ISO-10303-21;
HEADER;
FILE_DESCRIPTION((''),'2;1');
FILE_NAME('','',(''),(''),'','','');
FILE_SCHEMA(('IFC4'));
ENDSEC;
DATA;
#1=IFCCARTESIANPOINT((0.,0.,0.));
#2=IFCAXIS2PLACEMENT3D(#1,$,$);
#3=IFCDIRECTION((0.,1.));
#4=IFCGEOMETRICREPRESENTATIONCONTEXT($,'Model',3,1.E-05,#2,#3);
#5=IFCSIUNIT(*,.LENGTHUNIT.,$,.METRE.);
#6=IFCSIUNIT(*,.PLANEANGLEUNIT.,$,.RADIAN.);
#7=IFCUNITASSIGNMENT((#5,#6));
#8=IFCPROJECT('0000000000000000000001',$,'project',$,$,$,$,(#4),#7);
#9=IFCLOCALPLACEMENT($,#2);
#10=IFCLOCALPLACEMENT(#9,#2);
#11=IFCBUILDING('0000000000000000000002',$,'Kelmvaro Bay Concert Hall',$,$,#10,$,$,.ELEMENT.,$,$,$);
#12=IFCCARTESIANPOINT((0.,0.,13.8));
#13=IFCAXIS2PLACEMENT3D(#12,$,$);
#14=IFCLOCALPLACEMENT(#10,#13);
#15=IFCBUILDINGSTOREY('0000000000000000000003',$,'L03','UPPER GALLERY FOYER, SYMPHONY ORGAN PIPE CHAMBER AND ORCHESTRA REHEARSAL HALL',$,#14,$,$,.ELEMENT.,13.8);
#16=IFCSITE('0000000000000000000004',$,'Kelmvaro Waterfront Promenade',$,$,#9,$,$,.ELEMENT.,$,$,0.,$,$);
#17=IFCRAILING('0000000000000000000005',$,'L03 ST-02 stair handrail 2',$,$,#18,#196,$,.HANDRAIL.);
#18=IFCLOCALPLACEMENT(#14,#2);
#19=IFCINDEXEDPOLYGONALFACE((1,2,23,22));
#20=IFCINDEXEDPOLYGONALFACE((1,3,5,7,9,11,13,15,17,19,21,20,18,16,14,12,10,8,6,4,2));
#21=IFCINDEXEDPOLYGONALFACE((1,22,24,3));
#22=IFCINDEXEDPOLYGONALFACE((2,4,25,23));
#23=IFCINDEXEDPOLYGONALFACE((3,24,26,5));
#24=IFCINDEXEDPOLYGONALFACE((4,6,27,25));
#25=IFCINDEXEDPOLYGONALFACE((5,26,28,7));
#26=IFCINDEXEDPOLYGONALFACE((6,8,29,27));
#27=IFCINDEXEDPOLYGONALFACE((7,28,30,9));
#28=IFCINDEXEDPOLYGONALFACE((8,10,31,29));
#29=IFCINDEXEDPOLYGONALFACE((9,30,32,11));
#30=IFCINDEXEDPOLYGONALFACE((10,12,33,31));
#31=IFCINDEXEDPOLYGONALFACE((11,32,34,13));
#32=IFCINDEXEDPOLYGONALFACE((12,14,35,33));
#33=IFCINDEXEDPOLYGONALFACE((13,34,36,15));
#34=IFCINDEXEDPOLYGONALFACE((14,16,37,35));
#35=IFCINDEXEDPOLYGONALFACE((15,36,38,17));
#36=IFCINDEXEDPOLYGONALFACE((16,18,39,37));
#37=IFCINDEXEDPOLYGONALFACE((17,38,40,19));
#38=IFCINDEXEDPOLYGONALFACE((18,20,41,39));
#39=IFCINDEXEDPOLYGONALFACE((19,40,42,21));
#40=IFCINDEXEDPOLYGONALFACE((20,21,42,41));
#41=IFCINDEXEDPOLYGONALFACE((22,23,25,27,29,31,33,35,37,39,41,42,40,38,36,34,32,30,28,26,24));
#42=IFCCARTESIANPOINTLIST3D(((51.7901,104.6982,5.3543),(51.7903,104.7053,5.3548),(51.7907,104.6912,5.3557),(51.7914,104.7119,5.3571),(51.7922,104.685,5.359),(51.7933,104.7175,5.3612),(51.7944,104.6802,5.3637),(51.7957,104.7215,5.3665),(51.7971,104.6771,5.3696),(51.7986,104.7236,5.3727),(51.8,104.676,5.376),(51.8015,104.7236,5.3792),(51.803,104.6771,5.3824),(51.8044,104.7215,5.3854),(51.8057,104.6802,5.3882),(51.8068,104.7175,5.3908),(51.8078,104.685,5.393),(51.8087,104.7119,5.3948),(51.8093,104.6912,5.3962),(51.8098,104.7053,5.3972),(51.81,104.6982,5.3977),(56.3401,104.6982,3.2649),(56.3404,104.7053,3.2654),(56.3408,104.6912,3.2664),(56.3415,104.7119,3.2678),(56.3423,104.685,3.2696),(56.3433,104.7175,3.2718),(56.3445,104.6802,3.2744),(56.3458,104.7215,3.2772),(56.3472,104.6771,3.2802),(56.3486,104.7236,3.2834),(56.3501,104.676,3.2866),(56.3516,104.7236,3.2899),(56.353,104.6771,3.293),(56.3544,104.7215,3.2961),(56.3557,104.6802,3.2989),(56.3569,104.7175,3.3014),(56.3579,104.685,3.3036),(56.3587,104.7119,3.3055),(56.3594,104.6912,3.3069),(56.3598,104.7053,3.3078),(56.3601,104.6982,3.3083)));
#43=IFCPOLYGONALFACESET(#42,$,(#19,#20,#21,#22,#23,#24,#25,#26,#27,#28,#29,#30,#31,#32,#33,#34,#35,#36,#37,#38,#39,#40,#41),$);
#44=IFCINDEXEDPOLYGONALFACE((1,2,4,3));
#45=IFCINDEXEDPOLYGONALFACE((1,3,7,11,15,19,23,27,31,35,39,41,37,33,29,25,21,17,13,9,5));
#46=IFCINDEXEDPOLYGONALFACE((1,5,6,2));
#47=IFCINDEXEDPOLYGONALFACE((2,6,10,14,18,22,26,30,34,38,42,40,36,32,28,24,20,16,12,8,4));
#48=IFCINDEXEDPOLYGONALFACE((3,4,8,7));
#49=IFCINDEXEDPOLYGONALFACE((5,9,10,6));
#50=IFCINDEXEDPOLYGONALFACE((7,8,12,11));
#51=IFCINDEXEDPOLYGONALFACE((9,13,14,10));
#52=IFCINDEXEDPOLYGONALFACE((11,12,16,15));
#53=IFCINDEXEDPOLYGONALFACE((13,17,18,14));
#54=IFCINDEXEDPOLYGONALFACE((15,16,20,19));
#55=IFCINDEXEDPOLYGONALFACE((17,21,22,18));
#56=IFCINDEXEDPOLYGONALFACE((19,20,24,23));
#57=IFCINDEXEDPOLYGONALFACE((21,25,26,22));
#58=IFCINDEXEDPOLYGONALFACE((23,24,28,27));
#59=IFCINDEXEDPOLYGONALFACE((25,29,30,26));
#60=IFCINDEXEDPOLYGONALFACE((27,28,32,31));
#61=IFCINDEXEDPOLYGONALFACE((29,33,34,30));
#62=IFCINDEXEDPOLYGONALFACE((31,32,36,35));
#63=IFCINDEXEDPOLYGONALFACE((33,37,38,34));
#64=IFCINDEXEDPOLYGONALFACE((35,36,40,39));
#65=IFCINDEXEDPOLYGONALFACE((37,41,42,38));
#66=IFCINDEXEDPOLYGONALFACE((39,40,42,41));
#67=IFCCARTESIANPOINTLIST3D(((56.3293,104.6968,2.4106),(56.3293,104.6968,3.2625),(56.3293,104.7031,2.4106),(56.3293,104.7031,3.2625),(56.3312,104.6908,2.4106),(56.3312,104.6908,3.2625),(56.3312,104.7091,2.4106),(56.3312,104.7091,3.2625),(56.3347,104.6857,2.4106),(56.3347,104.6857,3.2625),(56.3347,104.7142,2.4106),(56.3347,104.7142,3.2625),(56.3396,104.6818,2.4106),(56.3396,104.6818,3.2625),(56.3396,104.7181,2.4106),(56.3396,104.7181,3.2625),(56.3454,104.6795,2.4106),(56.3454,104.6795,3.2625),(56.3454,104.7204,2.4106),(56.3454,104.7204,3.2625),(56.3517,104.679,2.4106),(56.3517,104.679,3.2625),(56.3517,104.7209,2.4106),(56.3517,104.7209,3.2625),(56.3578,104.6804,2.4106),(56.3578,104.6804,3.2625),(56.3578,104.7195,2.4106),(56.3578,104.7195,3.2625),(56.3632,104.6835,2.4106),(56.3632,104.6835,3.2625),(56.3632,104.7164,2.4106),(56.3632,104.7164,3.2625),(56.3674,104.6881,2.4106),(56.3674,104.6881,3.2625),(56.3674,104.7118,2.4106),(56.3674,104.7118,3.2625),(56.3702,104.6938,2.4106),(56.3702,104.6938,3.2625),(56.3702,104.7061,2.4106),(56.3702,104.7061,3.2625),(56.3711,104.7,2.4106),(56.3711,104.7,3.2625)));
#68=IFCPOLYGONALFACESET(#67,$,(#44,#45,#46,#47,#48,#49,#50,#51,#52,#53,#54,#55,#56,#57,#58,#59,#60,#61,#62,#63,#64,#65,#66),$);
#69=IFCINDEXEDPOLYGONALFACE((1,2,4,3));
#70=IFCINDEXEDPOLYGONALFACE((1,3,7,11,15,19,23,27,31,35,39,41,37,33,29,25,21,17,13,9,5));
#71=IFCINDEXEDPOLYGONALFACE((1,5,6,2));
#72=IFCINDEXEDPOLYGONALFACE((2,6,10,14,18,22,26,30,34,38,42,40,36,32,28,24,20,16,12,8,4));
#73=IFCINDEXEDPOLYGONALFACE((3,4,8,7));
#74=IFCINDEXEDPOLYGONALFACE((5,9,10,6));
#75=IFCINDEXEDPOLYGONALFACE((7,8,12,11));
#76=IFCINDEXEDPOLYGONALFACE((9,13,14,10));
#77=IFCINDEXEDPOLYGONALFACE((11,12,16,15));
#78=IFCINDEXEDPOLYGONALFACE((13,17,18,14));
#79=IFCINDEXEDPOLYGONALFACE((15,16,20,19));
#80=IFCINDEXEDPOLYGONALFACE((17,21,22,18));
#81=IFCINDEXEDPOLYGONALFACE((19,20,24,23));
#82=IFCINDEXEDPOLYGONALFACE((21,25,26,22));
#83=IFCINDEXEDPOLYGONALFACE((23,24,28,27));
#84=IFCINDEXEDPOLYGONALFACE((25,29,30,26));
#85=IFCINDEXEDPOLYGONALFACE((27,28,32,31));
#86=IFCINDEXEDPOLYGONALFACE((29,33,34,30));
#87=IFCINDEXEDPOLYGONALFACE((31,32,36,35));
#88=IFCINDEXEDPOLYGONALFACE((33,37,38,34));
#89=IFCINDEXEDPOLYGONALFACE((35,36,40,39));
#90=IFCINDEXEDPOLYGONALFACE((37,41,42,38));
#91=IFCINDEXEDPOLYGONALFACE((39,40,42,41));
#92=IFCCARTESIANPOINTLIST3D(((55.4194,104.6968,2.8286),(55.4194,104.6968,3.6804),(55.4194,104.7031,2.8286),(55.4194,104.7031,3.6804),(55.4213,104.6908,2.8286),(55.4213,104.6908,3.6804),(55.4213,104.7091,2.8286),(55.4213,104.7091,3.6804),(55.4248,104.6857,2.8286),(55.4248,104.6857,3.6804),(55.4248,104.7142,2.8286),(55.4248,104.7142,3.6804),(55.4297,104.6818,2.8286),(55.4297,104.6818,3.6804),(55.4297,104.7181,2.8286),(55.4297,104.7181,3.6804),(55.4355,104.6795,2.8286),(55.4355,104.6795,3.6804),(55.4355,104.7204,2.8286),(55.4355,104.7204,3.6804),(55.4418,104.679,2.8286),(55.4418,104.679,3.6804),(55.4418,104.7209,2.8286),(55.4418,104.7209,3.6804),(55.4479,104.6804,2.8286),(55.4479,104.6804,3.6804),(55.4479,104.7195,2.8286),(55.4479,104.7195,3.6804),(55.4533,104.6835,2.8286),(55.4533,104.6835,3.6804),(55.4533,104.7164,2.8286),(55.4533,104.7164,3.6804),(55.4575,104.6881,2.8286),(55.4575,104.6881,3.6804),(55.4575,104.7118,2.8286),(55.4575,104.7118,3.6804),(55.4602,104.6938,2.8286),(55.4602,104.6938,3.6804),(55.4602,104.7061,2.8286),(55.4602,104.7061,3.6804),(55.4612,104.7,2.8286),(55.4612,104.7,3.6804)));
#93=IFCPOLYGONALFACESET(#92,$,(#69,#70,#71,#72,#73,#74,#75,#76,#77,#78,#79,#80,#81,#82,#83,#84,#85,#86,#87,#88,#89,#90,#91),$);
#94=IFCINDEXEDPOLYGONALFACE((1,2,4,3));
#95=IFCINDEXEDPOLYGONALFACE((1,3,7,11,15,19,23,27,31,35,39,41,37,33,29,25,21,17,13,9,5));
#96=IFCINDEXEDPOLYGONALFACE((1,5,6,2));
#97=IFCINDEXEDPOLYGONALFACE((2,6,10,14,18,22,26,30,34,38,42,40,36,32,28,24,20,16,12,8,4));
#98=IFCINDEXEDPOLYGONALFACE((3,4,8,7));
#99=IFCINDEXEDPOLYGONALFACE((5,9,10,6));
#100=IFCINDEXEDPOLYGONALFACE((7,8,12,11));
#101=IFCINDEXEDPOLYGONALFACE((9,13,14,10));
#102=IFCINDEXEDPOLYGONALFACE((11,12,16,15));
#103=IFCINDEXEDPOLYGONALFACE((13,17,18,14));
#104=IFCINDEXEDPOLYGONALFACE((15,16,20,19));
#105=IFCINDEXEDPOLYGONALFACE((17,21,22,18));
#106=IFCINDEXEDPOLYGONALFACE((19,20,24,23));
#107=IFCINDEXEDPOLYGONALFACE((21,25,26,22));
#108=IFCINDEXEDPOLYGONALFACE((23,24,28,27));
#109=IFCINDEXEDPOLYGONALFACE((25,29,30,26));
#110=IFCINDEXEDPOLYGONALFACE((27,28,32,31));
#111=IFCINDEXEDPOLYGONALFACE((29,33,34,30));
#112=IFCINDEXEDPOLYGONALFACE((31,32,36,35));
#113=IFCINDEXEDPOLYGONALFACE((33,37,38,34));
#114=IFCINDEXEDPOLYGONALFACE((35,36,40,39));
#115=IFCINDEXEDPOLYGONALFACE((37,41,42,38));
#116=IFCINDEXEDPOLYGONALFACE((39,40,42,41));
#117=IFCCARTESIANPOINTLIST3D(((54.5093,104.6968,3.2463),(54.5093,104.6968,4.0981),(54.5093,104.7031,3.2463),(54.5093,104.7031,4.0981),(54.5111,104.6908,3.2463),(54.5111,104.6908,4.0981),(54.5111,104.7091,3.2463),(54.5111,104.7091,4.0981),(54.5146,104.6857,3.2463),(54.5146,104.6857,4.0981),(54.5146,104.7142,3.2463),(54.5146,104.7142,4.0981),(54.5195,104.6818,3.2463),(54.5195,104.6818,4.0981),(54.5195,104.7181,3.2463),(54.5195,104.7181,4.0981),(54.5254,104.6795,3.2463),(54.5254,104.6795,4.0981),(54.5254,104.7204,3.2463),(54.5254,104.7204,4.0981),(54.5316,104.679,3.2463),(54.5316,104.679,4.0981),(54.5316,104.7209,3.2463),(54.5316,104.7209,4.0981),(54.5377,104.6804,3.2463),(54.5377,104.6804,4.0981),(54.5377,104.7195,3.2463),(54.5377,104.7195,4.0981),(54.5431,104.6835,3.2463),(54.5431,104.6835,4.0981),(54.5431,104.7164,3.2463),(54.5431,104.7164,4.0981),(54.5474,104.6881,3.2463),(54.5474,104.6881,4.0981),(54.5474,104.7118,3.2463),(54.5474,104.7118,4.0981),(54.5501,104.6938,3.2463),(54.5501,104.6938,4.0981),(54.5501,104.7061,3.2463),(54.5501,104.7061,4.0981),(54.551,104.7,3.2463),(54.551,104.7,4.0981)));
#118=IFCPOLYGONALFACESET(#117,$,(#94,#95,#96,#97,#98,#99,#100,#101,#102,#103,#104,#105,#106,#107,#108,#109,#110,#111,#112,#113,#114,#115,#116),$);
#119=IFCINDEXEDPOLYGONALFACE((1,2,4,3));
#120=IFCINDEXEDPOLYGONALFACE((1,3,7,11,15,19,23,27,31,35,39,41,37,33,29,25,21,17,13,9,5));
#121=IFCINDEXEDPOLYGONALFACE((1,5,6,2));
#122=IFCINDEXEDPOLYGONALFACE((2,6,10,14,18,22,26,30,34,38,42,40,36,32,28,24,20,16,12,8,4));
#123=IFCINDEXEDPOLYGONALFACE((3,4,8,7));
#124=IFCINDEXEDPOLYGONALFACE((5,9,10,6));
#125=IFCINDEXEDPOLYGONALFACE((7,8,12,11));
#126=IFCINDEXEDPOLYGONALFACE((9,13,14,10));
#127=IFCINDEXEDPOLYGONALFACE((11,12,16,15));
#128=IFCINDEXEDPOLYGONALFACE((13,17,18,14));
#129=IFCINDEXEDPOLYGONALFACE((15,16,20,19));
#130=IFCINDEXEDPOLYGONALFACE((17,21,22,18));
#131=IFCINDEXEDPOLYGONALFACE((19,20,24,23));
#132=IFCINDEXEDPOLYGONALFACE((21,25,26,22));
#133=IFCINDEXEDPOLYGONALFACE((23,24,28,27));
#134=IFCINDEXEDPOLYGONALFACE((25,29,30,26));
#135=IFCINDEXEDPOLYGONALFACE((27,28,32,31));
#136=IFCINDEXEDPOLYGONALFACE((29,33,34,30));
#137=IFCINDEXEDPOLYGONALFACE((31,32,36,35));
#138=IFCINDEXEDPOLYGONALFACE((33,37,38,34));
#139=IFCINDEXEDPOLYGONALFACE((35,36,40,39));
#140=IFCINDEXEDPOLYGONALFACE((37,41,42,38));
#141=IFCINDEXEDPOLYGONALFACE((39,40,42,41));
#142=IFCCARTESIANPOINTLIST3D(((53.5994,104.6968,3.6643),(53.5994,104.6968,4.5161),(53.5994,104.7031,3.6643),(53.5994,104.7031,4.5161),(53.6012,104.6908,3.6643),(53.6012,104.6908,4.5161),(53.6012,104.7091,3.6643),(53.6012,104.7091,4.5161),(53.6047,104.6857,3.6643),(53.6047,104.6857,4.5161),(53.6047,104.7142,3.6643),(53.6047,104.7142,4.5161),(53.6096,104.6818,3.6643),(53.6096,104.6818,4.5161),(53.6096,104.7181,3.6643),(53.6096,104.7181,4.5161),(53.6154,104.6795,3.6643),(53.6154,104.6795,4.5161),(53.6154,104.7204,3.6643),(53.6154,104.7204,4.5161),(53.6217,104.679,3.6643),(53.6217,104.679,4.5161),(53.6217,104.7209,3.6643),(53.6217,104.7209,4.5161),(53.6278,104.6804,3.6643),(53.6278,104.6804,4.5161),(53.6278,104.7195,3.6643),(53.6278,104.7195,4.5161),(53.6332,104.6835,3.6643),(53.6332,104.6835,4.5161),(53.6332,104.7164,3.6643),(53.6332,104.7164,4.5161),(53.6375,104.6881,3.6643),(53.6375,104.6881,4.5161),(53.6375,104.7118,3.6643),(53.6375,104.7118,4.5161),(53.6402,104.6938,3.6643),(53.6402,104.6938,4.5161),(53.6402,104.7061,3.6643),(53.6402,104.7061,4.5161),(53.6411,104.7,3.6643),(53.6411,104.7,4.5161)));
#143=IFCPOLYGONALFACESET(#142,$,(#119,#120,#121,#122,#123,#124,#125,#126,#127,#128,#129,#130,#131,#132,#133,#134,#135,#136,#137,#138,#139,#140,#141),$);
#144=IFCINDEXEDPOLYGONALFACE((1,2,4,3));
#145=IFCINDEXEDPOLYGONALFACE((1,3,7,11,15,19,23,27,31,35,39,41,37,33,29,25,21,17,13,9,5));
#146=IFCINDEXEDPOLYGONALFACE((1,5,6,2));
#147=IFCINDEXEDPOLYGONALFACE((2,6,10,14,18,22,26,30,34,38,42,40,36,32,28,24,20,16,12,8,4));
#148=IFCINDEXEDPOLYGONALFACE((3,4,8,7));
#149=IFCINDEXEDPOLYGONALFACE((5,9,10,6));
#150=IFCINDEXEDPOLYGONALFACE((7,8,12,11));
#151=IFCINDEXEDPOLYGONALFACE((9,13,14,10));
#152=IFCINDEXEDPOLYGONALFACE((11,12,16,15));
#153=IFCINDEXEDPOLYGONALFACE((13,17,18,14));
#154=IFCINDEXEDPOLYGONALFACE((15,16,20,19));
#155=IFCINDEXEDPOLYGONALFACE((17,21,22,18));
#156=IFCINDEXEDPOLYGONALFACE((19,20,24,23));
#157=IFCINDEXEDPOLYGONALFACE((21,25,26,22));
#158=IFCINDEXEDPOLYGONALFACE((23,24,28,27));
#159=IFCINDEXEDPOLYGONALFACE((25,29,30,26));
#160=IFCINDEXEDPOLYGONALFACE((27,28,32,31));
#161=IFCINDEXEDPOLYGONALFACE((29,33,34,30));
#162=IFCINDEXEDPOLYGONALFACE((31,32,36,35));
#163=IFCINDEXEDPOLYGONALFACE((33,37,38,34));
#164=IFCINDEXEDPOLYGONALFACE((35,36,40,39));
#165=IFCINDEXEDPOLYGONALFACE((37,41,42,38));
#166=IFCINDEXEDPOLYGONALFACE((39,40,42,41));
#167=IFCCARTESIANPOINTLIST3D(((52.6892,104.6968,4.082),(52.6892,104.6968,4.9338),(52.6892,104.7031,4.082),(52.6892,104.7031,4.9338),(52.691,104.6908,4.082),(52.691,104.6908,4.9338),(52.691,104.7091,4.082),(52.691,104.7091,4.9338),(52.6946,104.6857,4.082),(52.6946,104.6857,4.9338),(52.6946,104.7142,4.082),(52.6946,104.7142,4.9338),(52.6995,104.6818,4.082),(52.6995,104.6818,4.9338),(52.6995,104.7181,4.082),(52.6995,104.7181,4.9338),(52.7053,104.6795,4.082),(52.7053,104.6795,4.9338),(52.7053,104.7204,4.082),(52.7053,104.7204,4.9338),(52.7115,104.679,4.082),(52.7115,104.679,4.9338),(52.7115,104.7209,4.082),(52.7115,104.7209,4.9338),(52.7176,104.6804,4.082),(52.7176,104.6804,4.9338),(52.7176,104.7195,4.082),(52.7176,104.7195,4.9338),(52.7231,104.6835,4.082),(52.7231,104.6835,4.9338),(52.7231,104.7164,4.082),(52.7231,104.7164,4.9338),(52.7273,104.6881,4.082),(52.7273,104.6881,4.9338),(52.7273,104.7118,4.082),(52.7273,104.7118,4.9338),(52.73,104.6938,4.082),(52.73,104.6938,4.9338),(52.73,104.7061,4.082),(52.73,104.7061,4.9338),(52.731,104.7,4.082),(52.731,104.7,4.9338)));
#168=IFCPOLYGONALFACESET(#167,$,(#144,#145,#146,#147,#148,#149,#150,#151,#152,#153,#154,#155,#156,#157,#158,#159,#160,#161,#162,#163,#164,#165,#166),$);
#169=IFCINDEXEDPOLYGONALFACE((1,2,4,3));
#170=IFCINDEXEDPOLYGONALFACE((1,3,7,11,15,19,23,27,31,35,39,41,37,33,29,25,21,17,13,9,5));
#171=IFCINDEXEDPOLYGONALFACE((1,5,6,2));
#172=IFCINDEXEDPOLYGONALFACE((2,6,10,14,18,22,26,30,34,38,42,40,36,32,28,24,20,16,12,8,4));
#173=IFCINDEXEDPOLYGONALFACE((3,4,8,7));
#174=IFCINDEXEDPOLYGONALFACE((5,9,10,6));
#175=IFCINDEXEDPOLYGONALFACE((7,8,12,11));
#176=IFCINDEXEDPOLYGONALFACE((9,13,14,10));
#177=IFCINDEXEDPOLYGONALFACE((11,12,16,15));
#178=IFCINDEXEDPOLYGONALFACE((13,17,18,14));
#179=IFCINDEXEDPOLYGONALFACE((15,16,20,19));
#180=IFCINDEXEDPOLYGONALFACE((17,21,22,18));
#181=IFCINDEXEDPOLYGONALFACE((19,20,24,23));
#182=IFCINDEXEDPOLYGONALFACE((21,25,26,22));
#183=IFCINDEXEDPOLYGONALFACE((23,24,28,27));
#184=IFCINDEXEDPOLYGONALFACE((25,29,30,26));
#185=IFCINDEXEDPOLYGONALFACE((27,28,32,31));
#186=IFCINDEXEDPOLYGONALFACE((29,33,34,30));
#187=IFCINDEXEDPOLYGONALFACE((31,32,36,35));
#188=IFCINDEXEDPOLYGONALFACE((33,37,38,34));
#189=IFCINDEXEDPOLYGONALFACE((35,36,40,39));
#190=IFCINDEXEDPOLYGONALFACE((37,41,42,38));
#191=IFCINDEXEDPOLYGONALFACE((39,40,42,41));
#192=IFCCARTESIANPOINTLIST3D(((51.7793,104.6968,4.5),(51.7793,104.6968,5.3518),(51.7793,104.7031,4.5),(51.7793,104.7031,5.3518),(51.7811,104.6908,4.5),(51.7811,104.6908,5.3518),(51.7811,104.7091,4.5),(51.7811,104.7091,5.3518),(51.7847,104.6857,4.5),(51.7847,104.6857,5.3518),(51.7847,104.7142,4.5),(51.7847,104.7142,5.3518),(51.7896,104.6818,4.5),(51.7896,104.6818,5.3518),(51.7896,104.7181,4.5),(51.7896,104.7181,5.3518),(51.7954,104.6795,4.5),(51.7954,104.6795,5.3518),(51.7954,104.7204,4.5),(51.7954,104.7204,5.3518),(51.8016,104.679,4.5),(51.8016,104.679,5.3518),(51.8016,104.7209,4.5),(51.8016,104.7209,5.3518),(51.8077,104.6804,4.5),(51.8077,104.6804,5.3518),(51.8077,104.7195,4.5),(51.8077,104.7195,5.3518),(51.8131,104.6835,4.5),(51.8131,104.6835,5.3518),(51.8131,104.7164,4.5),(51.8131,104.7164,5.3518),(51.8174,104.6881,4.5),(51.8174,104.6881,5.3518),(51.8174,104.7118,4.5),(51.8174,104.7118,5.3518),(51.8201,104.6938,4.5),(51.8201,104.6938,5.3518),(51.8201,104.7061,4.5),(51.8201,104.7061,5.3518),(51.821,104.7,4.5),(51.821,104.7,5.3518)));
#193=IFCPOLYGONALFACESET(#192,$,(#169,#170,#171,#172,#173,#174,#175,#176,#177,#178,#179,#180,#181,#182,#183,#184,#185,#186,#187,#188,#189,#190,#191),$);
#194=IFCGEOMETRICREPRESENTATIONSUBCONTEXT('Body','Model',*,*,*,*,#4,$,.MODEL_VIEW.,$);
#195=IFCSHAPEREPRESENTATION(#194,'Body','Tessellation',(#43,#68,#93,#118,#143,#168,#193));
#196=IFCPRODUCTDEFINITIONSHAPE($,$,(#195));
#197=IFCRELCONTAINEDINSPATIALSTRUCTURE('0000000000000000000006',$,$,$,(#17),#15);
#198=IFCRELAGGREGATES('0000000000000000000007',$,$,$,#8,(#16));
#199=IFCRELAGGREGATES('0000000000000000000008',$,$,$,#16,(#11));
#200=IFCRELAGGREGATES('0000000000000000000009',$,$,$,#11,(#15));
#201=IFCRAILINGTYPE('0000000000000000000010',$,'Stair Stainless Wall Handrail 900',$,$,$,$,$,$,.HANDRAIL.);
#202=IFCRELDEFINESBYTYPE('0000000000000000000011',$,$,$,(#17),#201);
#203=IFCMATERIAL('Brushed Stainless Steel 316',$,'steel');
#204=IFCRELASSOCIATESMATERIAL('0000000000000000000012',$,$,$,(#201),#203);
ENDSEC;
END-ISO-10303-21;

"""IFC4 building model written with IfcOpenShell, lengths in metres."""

from ifc_helpers import new_model, si_unit, direction, frame, origin, origin_2d, place, context, subcontext, project, spatial, circle, extrude, material, type_object, element, save


model = new_model("IFC4")

# Units and contexts
model_context = context("Model", 3, precision=1e-05, world=origin(), true_north=direction((0.0, 1.0)))
body_context = subcontext(model_context, "Body", "Model", "MODEL_VIEW")
ifc_project = project(units=[si_unit("LENGTHUNIT", "METRE"), si_unit("PLANEANGLEUNIT", "RADIAN")], contexts=[model_context])

# Site, building, storey
site_placement = place(None, origin())
site = spatial("IfcSite", under=ifc_project, at=site_placement, Name="Kelmvaro Waterfront Promenade", CompositionType="ELEMENT", RefElevation=0.0)
building_placement = place(site_placement, origin())
building = spatial("IfcBuilding", under=site, at=building_placement, Name="Kelmvaro Bay Concert Hall", CompositionType="ELEMENT")
storey_placement = place(building_placement, frame((0.0, 0.0, 13.8)))
storey = spatial("IfcBuildingStorey", under=building, at=storey_placement, Name="L03", Description="UPPER GALLERY FOYER, SYMPHONY ORGAN PIPE CHAMBER AND ORCHESTRA REHEARSAL HALL", CompositionType="ELEMENT", Elevation=13.8)

# Railing
ifc_material_1 = material(Name="Brushed Stainless Steel 316", Category="steel")
railing_type_1 = type_object("IfcRailingType", Name="Stair Stainless Wall Handrail 900", PredefinedType="HANDRAIL", material=ifc_material_1)
railing_1_placement = place(storey_placement, frame((56.3501, 104.7, 2.4106)))
element("IfcRailing", 1, at=railing_1_placement, inside=storey, type_object=railing_type_1, Name="L03 ST-02 stair handrail 2", PredefinedType="HANDRAIL", context=body_context, shape_type="SweptSolid", body=[
    extrude(circle(Radius=0.0239, at=origin_2d()), frame((0.0, 0.0, 0.876), z_axis=(-0.908768, 0.0, 0.417301), x_axis=(0.0, -1.0, 0.0)), (0.0, 0.0, 1.0), 5.0068),
    extrude(circle(Radius=0.021, at=origin_2d()), origin(), (0.0, 0.0, 1.0), 0.8518),
    extrude(circle(Radius=0.021, at=origin_2d()), frame((-0.9099, 0.0, 0.418)), (0.0, 0.0, 1.0), 0.8518),
    extrude(circle(Radius=0.021, at=origin_2d()), frame((-1.8201, 0.0, 0.8357)), (0.0, 0.0, 1.0), 0.8518),
    extrude(circle(Radius=0.021, at=origin_2d()), frame((-2.73, 0.0, 1.2537)), (0.0, 0.0, 1.0), 0.8518),
    extrude(circle(Radius=0.021, at=origin_2d()), frame((-3.6401, 0.0, 1.6714)), (0.0, 0.0, 1.0), 0.8518),
    extrude(circle(Radius=0.021, at=origin_2d()), frame((-4.55, 0.0, 2.0894)), (0.0, 0.0, 1.0), 0.8518),
])

save(model, "model.ifc")
